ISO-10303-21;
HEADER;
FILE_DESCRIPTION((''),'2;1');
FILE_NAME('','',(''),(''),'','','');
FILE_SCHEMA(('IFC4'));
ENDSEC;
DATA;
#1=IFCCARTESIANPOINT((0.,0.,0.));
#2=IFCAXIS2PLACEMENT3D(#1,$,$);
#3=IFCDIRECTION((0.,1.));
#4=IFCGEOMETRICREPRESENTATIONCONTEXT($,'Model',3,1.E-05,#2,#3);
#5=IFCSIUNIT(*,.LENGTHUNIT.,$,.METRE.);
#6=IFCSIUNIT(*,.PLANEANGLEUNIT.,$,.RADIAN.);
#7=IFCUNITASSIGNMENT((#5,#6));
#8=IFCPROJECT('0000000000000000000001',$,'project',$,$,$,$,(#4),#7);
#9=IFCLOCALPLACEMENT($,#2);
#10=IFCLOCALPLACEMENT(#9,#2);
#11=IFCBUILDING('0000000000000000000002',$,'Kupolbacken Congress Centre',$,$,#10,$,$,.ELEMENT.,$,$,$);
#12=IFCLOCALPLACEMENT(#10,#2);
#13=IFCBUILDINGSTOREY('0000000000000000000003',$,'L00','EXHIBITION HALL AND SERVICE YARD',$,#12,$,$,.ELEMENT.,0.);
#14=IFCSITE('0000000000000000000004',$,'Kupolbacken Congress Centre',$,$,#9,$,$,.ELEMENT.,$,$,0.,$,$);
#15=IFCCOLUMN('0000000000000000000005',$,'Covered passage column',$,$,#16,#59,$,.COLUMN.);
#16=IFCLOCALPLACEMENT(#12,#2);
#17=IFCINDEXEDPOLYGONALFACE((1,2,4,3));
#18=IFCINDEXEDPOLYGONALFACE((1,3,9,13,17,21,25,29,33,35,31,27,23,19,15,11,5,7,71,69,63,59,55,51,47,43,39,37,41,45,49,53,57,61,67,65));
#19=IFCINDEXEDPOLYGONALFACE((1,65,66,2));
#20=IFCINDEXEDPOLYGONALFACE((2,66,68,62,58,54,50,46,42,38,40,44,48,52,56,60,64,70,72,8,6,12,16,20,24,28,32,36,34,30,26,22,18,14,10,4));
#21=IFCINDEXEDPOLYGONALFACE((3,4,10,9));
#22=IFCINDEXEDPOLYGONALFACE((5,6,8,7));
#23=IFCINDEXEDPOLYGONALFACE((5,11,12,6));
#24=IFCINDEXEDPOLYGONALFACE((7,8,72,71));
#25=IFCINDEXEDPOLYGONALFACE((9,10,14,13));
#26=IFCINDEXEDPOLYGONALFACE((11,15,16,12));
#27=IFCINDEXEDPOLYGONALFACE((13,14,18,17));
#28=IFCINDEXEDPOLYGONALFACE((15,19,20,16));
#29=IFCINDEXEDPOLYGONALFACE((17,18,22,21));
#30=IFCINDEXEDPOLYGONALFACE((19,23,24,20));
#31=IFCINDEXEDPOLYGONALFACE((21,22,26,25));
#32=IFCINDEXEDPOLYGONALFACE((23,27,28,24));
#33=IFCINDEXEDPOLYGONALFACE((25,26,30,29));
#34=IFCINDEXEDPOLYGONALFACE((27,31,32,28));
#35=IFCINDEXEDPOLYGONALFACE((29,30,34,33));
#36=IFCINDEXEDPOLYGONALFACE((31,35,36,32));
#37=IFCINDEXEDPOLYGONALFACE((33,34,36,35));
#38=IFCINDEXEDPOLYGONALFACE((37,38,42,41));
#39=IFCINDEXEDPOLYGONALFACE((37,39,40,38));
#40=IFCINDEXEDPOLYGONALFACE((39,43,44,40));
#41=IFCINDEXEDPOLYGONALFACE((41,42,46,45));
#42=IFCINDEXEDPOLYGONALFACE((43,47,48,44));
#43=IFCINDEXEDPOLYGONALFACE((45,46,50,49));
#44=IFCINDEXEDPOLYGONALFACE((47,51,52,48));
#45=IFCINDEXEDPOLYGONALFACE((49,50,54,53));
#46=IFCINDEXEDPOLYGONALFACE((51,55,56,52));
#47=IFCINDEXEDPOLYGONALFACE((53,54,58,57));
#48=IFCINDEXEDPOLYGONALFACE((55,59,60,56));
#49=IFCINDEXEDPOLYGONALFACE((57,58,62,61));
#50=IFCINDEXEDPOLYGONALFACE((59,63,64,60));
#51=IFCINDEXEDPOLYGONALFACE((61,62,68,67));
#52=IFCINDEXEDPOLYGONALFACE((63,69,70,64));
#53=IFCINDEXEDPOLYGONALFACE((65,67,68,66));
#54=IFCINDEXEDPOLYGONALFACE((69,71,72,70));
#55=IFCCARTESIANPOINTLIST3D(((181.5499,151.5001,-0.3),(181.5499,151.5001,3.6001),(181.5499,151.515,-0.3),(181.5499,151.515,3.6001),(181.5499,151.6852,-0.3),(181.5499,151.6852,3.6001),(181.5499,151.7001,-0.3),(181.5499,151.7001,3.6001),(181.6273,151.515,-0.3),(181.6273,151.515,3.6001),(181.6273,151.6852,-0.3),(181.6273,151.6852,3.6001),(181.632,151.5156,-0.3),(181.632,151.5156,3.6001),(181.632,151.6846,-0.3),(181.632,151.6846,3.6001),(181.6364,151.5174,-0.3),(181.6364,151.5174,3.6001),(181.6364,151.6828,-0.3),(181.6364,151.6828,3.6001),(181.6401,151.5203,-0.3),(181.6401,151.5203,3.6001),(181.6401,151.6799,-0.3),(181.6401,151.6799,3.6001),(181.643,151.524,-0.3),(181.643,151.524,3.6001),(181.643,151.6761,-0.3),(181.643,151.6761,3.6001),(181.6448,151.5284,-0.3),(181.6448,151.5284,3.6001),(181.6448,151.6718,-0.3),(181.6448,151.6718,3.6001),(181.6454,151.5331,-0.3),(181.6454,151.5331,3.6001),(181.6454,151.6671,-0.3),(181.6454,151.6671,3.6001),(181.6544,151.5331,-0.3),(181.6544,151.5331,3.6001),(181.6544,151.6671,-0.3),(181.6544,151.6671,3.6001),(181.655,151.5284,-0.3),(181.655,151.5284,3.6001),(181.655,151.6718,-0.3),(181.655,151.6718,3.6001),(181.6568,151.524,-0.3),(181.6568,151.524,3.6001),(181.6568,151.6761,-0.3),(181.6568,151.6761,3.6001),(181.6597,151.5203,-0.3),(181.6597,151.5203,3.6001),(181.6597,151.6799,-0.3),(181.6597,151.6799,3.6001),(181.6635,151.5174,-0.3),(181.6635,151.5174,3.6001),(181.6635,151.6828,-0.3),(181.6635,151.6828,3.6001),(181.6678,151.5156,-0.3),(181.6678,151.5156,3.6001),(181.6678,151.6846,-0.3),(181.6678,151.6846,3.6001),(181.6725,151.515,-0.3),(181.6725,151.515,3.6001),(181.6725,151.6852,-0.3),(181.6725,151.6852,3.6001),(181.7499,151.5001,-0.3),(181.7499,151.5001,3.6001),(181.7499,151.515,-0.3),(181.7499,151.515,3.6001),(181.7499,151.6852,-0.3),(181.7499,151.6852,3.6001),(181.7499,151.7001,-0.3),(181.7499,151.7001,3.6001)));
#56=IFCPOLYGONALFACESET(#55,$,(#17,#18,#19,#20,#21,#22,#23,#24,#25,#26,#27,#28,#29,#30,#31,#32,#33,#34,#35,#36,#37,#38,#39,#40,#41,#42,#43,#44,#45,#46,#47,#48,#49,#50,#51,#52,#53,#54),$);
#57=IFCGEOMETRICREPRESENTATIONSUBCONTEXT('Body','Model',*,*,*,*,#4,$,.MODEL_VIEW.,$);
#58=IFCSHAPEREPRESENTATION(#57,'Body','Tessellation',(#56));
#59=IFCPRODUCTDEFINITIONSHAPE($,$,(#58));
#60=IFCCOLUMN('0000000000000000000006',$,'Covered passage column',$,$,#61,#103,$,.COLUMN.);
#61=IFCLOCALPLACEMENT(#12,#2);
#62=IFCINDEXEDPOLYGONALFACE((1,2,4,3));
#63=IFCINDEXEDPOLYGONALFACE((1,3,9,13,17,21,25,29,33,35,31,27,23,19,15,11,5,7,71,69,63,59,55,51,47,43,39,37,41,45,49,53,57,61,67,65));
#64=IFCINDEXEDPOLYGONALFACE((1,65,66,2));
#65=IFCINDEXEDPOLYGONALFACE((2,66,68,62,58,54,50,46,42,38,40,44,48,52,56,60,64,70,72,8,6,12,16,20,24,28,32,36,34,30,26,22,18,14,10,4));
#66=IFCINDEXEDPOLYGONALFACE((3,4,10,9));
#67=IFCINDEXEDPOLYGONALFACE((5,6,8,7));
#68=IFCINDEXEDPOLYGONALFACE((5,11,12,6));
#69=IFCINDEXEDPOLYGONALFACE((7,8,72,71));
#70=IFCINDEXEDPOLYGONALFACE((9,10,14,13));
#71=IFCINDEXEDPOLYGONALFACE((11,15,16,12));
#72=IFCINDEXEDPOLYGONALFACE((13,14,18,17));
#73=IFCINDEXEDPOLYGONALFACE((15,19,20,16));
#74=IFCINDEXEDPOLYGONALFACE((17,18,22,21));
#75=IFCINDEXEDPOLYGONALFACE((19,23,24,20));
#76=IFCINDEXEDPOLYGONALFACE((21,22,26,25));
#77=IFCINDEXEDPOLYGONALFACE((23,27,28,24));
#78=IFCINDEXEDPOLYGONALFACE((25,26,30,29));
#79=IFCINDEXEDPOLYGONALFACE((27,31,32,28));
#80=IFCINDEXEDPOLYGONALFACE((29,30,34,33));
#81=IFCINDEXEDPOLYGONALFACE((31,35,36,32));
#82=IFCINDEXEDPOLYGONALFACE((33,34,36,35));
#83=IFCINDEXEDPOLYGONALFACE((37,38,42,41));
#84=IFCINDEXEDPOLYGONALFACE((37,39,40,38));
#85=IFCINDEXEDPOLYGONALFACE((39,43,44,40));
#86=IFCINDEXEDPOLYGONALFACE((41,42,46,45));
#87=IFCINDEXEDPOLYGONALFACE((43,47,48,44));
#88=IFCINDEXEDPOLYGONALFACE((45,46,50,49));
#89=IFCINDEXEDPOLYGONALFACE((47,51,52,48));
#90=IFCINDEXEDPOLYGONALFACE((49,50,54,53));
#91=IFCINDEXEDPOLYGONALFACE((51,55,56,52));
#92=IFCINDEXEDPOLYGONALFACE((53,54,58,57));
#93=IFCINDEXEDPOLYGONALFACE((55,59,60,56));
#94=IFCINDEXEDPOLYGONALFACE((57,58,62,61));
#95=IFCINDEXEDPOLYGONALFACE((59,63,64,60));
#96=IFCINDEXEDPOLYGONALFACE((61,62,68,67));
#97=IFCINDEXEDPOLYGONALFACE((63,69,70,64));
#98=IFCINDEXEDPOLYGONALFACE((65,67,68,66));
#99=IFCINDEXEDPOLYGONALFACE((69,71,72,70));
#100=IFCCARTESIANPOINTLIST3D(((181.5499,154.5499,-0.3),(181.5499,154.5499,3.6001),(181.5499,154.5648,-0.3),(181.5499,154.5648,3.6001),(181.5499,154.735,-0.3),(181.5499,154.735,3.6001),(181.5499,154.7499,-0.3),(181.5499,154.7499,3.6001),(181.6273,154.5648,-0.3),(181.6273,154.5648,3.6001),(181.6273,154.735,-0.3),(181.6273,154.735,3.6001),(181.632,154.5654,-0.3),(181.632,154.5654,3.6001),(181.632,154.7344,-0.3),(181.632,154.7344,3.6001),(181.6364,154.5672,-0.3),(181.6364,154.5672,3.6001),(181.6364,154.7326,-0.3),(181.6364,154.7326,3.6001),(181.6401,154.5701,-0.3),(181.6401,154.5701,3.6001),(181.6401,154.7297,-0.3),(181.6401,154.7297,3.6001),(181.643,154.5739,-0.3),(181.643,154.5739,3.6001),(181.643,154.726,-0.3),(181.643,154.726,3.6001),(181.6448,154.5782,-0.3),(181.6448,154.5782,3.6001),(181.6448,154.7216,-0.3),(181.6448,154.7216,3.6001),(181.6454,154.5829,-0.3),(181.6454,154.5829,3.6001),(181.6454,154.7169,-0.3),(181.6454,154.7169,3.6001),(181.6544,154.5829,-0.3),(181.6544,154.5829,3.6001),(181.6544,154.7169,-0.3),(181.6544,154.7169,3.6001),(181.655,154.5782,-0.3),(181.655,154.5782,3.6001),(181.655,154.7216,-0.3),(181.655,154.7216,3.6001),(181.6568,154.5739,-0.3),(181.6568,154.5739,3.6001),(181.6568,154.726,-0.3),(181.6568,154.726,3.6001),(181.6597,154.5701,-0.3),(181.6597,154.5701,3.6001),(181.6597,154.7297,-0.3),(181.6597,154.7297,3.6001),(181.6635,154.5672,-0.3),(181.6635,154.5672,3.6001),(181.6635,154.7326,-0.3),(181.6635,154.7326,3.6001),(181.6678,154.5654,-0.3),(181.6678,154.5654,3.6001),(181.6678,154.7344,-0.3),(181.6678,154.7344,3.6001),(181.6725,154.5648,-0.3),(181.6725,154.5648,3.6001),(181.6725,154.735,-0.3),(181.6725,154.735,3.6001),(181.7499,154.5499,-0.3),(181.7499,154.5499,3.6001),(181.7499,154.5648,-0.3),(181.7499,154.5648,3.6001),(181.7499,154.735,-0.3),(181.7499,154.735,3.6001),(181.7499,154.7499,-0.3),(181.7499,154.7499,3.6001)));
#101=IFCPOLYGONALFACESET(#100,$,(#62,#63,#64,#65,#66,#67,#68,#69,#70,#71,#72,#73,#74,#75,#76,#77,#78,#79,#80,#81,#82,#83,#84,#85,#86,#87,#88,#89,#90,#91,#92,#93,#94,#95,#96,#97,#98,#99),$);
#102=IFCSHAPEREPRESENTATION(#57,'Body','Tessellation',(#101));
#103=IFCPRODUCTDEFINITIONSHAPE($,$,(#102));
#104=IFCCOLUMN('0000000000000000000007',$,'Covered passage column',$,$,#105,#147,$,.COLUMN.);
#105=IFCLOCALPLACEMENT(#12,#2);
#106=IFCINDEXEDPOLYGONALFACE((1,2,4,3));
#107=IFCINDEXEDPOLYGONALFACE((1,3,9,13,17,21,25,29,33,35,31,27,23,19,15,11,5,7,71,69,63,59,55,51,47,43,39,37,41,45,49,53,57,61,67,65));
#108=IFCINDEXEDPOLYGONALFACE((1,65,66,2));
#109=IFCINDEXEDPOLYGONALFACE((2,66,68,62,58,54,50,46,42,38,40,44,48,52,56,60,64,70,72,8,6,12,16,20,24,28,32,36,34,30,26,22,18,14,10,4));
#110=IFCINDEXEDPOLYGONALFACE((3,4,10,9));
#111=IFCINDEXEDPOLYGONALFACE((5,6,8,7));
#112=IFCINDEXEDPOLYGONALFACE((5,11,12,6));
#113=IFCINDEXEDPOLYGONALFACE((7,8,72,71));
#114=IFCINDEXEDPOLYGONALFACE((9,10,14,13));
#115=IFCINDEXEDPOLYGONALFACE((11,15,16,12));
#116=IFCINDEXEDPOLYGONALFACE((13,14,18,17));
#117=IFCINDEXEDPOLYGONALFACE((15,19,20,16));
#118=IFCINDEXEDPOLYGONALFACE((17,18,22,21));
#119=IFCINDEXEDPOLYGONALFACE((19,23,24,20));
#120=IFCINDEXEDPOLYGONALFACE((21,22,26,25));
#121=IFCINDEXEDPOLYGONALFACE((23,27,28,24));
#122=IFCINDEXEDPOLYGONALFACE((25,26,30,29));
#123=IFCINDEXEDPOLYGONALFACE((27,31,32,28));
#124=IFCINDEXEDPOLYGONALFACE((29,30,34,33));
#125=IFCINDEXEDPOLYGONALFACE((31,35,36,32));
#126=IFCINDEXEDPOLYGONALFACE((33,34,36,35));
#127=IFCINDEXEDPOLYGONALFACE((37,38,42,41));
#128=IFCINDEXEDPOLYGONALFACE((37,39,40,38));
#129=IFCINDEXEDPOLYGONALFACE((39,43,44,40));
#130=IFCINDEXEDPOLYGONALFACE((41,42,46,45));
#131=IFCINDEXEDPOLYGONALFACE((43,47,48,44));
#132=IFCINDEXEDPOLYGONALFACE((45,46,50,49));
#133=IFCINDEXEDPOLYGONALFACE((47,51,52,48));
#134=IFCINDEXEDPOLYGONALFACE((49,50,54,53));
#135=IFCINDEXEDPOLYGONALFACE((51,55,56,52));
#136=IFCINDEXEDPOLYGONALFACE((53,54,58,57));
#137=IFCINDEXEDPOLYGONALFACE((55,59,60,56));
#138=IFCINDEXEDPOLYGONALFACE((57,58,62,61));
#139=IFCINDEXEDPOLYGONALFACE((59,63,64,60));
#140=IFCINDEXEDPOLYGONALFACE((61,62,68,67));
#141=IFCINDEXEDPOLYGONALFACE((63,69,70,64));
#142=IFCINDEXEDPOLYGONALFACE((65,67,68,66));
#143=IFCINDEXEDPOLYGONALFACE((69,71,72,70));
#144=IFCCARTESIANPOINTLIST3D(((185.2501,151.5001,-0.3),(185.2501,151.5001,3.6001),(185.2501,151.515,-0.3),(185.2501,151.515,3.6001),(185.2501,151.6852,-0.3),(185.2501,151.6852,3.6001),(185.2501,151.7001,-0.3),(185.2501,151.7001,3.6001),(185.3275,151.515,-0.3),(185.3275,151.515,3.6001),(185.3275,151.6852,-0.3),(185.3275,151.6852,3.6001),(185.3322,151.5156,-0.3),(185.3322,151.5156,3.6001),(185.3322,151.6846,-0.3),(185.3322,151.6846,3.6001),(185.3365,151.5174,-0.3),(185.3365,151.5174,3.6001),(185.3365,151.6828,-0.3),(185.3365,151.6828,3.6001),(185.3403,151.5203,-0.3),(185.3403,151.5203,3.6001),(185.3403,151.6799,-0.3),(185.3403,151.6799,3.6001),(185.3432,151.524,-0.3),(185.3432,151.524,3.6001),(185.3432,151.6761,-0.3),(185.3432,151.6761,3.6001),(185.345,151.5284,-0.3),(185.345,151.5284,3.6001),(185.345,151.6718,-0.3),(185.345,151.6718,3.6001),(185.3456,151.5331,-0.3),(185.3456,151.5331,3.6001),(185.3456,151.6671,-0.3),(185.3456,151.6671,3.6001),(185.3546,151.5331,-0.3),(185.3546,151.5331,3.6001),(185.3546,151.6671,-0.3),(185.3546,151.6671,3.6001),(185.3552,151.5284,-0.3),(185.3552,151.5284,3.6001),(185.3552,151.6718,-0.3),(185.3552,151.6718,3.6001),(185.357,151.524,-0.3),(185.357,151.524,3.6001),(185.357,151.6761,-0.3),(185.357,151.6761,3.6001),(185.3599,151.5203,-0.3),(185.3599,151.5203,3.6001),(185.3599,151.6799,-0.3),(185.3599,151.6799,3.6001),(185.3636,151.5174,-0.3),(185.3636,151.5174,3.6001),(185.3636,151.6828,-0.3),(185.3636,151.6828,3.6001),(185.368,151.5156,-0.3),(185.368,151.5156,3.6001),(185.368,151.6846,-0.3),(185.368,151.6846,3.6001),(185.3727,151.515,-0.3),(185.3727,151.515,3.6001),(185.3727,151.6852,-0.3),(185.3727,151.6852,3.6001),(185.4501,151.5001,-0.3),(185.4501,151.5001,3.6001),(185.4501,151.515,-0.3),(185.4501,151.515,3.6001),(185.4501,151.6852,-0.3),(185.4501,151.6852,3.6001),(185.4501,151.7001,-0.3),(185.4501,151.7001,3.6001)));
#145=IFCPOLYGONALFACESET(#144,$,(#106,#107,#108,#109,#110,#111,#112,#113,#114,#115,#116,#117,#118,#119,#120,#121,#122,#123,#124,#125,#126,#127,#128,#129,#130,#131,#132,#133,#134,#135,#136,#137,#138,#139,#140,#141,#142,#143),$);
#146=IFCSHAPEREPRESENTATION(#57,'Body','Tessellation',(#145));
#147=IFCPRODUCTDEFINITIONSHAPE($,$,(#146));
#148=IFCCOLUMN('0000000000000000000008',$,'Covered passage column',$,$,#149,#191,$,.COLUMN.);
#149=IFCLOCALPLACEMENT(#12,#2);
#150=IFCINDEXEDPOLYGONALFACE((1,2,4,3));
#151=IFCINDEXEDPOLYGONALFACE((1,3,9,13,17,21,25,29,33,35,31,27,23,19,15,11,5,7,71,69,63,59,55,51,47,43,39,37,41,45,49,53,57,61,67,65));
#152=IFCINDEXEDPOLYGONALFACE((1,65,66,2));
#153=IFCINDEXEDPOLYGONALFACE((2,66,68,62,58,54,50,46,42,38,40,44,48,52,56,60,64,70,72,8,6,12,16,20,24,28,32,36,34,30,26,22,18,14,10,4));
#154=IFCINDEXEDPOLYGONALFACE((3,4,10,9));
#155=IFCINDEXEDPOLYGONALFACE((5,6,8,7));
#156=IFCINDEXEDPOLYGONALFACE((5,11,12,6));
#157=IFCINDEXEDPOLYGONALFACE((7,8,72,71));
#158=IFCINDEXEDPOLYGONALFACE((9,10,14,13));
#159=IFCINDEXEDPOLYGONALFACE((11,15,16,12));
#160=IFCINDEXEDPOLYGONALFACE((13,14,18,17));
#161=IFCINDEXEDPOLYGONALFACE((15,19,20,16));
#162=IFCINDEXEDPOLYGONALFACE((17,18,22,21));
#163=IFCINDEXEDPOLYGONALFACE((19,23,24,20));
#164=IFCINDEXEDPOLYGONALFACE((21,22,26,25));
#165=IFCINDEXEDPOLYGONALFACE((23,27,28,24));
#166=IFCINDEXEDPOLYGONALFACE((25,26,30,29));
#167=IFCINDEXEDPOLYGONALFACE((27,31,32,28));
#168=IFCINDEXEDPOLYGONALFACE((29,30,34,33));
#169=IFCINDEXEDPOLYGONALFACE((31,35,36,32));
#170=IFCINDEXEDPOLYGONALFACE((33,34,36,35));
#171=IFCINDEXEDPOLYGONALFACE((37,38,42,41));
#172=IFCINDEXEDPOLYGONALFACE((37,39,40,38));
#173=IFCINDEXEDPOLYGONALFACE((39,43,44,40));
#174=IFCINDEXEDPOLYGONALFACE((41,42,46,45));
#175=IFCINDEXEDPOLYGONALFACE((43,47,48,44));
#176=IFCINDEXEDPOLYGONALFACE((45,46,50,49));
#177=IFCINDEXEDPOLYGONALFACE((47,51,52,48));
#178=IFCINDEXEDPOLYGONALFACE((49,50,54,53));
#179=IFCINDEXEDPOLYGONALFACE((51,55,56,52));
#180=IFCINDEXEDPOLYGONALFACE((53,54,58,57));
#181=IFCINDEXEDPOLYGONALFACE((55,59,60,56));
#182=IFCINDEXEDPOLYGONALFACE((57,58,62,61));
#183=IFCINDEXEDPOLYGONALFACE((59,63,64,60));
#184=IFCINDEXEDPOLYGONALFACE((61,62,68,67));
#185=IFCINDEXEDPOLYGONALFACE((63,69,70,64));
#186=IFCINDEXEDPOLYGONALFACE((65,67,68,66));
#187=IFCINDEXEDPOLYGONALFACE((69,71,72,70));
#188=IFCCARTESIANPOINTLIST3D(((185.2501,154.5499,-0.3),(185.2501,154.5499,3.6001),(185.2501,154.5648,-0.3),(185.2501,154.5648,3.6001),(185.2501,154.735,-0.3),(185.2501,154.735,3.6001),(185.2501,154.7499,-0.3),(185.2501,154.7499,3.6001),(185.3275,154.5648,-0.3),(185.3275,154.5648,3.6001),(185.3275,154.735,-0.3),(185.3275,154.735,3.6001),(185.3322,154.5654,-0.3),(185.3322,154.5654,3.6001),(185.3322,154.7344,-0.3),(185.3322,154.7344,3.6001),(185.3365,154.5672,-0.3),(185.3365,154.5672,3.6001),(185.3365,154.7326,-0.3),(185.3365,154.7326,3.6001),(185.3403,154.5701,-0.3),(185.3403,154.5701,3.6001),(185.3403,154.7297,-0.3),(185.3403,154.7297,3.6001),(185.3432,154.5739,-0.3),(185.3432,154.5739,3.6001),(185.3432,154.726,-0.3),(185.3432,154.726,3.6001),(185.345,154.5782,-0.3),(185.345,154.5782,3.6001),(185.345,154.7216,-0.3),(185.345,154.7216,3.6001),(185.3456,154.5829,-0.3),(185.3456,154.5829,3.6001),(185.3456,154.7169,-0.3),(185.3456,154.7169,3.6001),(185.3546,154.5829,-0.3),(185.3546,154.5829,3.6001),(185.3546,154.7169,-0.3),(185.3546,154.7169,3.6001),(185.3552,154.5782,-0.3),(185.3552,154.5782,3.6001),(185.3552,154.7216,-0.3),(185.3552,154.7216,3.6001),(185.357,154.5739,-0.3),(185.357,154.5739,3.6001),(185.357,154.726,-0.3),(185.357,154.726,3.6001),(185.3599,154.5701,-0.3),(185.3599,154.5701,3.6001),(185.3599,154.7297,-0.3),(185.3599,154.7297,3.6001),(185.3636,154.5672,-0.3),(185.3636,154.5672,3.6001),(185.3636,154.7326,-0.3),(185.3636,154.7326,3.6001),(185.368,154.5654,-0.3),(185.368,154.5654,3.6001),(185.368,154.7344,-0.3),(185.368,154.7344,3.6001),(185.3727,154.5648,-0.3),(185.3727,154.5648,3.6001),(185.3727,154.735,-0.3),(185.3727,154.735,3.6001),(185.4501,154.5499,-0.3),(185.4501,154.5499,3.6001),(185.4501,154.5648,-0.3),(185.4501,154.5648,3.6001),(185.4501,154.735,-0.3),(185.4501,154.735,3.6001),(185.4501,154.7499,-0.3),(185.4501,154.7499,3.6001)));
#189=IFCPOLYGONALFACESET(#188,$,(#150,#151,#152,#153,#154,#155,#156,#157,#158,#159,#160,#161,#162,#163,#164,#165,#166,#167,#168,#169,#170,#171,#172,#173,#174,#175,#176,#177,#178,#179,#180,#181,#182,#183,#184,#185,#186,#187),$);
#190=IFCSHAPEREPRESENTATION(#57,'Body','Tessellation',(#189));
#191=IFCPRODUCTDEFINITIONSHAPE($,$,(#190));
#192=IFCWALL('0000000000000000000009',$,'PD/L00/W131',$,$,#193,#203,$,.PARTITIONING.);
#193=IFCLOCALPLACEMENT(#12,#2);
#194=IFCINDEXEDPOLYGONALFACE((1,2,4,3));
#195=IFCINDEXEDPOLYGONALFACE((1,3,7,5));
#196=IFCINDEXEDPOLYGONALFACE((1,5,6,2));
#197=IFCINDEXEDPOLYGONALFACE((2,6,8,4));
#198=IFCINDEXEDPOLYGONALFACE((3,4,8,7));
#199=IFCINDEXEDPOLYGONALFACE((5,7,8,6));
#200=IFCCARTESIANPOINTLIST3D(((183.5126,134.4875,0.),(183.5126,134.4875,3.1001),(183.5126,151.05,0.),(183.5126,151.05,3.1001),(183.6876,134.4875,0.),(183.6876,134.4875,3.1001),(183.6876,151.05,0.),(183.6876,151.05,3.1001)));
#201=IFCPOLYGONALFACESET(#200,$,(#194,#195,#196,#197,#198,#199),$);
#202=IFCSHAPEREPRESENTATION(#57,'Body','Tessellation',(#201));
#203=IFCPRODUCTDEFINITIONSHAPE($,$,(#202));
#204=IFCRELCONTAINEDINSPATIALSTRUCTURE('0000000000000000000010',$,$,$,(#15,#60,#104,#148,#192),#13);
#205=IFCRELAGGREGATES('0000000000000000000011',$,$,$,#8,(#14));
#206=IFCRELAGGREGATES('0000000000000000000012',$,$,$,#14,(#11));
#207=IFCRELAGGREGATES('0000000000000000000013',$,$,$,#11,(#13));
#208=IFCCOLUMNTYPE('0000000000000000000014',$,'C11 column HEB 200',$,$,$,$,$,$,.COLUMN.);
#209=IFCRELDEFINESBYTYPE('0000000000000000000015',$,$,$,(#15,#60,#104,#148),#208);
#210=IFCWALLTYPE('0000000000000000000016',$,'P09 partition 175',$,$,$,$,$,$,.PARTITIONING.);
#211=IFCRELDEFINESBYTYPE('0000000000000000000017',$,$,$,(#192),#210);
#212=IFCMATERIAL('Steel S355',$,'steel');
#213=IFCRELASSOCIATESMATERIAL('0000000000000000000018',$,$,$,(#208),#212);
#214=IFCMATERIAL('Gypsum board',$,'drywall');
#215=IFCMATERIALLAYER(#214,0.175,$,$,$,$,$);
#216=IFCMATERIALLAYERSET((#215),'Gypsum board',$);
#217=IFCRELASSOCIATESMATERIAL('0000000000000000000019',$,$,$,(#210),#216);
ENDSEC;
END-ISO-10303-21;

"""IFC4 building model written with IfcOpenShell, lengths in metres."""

from ifc_helpers import new_model, si_unit, direction, frame, frame_2d, origin, origin_2d, place, context, subcontext, project, spatial, rectangle, i_section, extrude, material, layer, layer_set, material_profile, profile_set, type_object, element, save


model = new_model("IFC4")

# Units and contexts
model_context = context("Model", 3, precision=1e-05, world=origin(), true_north=direction((0.0, 1.0)))
body_context = subcontext(model_context, "Body", "Model", "MODEL_VIEW")
ifc_project = project(units=[si_unit("LENGTHUNIT", "METRE"), si_unit("PLANEANGLEUNIT", "RADIAN")], contexts=[model_context])

# Site, building, storey
site_placement = place(None, origin())
site = spatial("IfcSite", under=ifc_project, at=site_placement, Name="Kupolbacken Congress Centre", CompositionType="ELEMENT", RefElevation=0.0)
building_placement = place(site_placement, origin())
building = spatial("IfcBuilding", under=site, at=building_placement, Name="Kupolbacken Congress Centre", CompositionType="ELEMENT")
storey_placement = place(building_placement, origin())
storey = spatial("IfcBuildingStorey", under=building, at=storey_placement, Name="L00", Description="EXHIBITION HALL AND SERVICE YARD", CompositionType="ELEMENT", Elevation=0.0)

# Columns
ifc_material_1 = material(Name="Steel S355", Category="steel")
ifc_material_profile_1 = material_profile(ifc_material_1, i_section(OverallWidth=0.2, OverallDepth=0.2, WebThickness=0.009, FlangeThickness=0.0149, FilletRadius=0.0181, at=origin_2d()), Name="HEB 200")
ifc_profile_set_1 = profile_set([ifc_material_profile_1], Name="Steel S355")
column_type_1 = type_object("IfcColumnType", Name="C11 column HEB 200", PredefinedType="COLUMN", material=ifc_profile_set_1)
for number, where, z_axis, x_axis, name in (
    (1, (181.6499, 151.6001, -0.3), (0.0, 0.0, 1.0), (1.0, 0.0, 0.0), "Covered passage column"),
    (2, (181.6499, 154.6499, -0.3), (0.0, 0.0, 1.0), (1.0, 0.0, 0.0), "Covered passage column"),
    (3, (185.3501, 151.6001, -0.3), (0.0, 0.0, 1.0), (1.0, 0.0, 0.0), "Covered passage column"),
    (4, (185.3501, 154.6499, -0.3), (0.0, 0.0, 1.0), (1.0, 0.0, 0.0), "Covered passage column"),
):
    element("IfcColumn", number, at=place(storey_placement, frame(where, z_axis=z_axis, x_axis=x_axis)), inside=storey, type_object=column_type_1, Name=name, PredefinedType="COLUMN", context=body_context, shape_type="SweptSolid", body=[
        extrude(i_section(OverallWidth=0.2, OverallDepth=0.2, WebThickness=0.009, FlangeThickness=0.0149, FilletRadius=0.0181, at=origin_2d()), origin(), (0.0, 0.0, 1.0), 3.9001),
    ])

# Wall
ifc_material_2 = material(Name="Gypsum board", Category="drywall")
ifc_layer_1 = layer(ifc_material_2, 0.175)
ifc_layer_set_1 = layer_set([ifc_layer_1], Name="Gypsum board")
wall_type = type_object("IfcWallType", Name="P09 partition 175", PredefinedType="PARTITIONING", material=ifc_layer_set_1)
wall_placement = place(storey_placement, frame((183.6001, 151.05, 0.0), z_axis=(0.0, 0.0, 1.0), x_axis=(0.0, -1.0, 0.0)))
element("IfcWall", 5, at=wall_placement, inside=storey, type_object=wall_type, Name="PD/L00/W131", PredefinedType="PARTITIONING", context=body_context, shape_type="SweptSolid", body=[
    extrude(rectangle(XDim=16.5625, YDim=0.175, at=frame_2d((8.2812, 0.0))), origin(), (0.0, 0.0, 1.0), 3.1001),
])

save(model, "model.ifc")
